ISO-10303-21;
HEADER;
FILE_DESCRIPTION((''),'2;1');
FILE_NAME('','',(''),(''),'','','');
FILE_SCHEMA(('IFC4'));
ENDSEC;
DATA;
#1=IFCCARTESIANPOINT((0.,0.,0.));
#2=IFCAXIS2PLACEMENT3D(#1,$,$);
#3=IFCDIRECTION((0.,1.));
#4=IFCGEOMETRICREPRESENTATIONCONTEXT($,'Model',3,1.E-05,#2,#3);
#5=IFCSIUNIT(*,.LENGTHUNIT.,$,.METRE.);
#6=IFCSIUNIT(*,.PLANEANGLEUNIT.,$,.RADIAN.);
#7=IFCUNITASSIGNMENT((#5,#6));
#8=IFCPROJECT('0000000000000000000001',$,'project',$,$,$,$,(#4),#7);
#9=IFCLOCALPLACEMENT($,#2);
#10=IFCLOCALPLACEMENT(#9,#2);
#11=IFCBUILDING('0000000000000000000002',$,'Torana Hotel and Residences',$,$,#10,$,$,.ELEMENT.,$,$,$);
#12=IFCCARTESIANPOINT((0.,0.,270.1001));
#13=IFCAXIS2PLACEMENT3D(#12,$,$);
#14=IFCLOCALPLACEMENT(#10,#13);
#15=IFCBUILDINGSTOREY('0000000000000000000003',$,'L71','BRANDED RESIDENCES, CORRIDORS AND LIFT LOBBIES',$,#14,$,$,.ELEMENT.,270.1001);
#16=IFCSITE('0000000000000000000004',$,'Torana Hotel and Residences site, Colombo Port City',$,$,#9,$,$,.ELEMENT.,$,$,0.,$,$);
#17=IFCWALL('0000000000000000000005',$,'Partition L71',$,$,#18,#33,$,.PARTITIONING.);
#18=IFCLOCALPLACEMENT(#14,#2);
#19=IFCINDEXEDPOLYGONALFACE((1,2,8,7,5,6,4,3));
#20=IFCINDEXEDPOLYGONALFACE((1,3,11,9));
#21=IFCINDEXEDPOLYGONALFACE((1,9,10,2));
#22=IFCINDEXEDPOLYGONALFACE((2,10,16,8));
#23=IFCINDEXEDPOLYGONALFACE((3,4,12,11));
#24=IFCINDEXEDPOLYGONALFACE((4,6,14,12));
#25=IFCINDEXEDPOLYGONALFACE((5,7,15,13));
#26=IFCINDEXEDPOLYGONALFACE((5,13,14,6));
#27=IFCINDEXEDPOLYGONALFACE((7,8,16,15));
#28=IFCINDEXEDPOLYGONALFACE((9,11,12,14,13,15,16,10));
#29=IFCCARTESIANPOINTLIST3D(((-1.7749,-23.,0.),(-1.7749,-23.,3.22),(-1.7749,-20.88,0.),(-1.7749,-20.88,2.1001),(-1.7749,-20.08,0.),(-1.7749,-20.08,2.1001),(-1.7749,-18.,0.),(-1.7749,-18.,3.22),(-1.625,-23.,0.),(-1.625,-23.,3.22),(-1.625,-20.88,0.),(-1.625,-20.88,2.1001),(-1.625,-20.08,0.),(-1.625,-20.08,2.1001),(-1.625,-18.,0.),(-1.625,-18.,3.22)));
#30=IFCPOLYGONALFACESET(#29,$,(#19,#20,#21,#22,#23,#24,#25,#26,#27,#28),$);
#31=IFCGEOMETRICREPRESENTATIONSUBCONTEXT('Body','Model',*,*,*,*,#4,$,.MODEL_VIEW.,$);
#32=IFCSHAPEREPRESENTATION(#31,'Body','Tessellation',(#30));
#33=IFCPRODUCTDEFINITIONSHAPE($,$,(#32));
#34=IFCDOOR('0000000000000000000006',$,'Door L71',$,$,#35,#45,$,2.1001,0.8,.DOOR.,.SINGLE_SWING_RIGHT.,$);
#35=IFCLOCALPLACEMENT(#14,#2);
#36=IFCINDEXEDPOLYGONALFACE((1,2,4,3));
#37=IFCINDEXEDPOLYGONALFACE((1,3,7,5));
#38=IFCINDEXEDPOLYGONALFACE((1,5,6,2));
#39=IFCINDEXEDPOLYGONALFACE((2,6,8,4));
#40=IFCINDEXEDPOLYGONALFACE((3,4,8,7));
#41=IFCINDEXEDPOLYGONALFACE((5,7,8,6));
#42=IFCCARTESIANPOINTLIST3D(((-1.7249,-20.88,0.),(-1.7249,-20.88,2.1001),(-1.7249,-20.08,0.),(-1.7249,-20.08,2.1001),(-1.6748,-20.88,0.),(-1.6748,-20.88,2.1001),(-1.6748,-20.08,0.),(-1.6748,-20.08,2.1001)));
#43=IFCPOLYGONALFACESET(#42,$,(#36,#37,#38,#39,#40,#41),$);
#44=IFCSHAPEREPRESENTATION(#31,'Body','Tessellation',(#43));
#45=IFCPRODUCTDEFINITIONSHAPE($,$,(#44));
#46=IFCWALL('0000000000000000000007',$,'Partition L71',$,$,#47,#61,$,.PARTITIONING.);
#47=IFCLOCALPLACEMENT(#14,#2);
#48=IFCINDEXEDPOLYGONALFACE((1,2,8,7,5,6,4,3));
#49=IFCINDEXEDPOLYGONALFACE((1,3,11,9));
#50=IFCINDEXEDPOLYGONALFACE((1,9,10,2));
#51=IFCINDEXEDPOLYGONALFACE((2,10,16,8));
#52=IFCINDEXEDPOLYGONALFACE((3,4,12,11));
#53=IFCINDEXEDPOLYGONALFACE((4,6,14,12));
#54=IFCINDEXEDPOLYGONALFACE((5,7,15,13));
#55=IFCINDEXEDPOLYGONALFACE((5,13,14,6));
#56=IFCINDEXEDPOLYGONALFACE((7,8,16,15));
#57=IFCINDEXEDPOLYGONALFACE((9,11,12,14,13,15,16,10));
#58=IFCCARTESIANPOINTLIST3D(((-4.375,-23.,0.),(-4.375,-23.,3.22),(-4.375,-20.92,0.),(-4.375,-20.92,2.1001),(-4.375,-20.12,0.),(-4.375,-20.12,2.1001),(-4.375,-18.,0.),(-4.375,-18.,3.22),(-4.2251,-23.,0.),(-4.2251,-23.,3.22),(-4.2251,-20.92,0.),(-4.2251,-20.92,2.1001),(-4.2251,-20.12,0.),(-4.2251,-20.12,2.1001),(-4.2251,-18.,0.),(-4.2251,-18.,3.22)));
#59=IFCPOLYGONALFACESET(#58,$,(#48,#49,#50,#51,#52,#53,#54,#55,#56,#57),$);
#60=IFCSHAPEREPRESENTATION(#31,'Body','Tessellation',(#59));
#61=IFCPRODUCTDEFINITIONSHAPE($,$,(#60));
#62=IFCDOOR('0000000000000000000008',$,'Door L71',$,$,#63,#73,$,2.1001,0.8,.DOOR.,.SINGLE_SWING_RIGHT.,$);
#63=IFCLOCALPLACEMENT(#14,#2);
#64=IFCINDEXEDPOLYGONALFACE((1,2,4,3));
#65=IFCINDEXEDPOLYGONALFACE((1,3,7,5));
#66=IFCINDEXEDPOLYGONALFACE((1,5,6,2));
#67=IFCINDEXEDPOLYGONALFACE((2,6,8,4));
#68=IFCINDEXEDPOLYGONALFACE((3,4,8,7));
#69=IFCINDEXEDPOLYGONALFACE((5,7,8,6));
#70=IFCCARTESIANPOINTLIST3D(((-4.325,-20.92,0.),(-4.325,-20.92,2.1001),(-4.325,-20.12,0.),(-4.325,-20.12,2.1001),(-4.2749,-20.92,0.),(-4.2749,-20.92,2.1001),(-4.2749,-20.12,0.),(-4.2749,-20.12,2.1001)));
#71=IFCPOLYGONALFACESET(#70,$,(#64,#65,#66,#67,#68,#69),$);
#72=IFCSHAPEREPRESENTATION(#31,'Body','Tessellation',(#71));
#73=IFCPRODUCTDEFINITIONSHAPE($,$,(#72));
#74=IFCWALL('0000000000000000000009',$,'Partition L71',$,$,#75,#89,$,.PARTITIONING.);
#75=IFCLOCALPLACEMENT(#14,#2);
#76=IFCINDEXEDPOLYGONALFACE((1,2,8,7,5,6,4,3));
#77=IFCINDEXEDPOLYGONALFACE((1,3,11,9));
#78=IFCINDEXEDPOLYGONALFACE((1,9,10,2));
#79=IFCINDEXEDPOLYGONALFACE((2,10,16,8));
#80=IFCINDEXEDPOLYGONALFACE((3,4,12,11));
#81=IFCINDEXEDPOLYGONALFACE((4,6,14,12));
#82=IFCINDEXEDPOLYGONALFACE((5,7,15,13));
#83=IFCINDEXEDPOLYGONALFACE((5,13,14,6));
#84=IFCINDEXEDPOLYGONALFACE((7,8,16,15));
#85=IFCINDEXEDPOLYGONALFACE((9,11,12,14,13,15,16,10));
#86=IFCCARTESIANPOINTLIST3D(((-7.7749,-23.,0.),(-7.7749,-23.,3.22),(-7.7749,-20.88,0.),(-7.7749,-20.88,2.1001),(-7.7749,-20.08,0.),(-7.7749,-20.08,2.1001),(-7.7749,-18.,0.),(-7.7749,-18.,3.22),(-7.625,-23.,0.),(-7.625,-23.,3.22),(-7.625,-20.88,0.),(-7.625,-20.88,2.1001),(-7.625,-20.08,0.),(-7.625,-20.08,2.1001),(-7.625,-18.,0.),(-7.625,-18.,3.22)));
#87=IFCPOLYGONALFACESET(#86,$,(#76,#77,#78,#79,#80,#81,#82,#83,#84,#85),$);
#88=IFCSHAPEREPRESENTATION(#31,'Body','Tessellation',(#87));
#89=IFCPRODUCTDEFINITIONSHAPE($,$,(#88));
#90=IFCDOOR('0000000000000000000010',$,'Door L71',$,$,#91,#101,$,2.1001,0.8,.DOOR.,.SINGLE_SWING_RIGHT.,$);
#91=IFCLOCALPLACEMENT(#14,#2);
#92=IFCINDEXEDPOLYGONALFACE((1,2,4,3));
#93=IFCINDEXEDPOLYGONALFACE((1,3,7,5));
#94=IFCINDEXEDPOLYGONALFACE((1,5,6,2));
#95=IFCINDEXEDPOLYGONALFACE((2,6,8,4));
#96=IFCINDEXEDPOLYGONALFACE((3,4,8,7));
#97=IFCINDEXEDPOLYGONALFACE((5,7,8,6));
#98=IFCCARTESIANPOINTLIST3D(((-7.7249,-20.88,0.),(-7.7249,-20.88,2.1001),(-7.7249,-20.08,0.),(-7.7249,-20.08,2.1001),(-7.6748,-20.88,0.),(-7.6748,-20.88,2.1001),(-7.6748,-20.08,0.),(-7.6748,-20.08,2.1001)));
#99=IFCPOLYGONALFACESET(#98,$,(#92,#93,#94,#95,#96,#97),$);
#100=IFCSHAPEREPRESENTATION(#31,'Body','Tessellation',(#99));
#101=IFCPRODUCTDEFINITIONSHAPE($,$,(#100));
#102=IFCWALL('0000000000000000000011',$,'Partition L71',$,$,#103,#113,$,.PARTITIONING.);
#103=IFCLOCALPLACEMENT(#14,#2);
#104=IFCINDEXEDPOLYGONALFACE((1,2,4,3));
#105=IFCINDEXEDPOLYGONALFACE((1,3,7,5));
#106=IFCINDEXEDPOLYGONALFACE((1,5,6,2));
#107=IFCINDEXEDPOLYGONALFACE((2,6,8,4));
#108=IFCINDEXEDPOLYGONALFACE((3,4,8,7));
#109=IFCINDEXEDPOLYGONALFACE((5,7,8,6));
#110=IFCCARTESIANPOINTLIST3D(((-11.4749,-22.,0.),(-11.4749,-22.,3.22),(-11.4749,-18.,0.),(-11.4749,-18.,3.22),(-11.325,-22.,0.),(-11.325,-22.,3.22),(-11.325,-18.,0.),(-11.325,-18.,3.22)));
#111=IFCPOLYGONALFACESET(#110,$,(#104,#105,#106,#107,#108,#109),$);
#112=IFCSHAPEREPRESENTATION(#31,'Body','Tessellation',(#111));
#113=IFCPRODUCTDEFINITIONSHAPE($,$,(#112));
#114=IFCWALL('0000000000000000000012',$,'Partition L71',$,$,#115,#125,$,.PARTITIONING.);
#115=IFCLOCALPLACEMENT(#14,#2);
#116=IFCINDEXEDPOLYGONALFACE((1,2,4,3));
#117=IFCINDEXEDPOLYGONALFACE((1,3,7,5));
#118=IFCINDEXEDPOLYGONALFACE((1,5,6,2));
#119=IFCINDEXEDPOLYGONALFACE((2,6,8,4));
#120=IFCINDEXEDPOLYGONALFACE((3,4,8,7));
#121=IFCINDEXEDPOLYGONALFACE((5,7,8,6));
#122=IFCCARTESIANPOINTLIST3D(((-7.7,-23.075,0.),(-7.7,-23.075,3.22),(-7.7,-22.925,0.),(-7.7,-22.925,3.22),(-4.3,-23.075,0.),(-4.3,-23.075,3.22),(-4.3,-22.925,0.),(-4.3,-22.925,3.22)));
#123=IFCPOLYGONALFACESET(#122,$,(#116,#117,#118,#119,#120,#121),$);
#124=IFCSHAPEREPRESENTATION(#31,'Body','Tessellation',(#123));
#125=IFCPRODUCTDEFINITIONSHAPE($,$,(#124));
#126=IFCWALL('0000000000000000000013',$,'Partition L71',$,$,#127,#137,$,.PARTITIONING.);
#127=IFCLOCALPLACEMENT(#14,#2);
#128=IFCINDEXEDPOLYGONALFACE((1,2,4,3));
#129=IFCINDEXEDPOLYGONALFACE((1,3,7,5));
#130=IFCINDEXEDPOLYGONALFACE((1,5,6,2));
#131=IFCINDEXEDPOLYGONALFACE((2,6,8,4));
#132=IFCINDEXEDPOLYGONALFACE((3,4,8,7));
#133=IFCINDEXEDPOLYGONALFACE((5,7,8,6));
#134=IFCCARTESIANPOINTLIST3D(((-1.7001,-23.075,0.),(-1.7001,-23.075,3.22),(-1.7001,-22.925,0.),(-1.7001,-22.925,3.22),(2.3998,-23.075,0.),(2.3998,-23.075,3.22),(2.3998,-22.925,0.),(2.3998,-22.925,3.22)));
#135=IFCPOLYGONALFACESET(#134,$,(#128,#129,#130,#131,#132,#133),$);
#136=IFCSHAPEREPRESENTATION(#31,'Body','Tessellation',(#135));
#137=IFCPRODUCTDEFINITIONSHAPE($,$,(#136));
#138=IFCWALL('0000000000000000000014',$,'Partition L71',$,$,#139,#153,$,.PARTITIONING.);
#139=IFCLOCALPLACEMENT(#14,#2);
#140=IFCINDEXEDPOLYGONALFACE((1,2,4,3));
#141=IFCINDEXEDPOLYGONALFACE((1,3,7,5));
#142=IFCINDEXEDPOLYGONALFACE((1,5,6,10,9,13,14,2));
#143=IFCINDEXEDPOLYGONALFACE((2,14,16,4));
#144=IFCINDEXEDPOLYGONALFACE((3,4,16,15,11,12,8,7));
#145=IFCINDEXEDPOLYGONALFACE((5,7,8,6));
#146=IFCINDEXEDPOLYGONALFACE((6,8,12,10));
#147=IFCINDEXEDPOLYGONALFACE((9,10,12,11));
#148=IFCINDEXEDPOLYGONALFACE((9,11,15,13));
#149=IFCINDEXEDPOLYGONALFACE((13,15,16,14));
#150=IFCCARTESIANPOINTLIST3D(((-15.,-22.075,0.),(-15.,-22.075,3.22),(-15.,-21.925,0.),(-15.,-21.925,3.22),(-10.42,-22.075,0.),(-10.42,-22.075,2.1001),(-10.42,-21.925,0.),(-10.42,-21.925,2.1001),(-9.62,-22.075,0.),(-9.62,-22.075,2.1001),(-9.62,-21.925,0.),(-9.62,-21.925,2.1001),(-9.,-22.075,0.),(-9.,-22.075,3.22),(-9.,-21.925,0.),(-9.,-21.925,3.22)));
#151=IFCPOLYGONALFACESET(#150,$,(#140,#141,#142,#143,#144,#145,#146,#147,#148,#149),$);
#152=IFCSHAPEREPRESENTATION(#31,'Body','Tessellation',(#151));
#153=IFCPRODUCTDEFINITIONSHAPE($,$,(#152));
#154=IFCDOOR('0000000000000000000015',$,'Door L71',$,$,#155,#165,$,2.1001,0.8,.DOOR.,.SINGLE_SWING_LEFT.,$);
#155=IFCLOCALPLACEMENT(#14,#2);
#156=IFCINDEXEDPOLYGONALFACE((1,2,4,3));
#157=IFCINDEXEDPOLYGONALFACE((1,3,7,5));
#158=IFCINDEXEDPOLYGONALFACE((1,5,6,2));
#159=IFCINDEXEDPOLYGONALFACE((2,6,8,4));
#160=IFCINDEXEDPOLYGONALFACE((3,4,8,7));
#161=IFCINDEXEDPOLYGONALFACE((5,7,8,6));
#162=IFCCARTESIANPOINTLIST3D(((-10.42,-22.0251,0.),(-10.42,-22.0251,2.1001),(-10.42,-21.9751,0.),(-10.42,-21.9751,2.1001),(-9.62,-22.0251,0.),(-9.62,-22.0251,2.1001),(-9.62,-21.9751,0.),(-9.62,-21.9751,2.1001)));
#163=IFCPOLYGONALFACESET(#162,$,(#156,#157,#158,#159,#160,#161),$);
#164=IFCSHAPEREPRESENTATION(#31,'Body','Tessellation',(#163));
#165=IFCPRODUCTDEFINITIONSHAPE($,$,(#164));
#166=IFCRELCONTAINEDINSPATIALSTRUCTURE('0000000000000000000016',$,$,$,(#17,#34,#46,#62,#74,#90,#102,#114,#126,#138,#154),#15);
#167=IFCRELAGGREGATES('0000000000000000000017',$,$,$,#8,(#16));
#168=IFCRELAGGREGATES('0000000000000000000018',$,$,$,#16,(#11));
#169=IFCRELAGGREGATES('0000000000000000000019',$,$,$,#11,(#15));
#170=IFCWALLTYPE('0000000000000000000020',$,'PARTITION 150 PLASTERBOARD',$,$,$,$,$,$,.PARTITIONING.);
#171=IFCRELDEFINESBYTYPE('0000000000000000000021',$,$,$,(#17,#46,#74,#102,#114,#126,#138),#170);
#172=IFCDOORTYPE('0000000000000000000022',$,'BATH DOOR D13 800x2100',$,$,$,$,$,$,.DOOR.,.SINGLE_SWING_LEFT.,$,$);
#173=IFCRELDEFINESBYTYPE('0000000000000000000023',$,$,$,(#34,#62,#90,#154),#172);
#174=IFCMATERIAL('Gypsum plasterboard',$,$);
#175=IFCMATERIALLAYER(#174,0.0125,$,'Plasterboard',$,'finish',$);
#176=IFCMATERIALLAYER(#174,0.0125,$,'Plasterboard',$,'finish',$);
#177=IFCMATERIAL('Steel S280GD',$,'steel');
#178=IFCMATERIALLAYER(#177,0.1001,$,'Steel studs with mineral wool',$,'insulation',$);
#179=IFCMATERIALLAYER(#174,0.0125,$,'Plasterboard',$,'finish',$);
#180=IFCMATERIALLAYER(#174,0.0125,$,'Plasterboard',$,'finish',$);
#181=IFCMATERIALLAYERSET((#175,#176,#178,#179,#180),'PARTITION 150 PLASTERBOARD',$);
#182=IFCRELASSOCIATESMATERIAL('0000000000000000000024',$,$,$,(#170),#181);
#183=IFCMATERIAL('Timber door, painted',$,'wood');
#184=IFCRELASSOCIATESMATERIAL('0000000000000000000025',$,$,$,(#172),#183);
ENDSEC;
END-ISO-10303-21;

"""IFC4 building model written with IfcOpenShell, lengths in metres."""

from ifc_helpers import new_model, si_unit, direction, frame, frame_2d, origin, place, context, subcontext, project, spatial, rectangle, extrude, material, layer, layer_set, type_object, element, fill, save


model = new_model("IFC4")

# Units and contexts
model_context = context("Model", 3, precision=1e-05, world=origin(), true_north=direction((0.0, 1.0)))
body_context = subcontext(model_context, "Body", "Model", "MODEL_VIEW")
ifc_project = project(units=[si_unit("LENGTHUNIT", "METRE"), si_unit("PLANEANGLEUNIT", "RADIAN")], contexts=[model_context])

# Site, building, storey
site_placement = place(None, origin())
site = spatial("IfcSite", under=ifc_project, at=site_placement, Name="Torana Hotel and Residences site, Colombo Port City", CompositionType="ELEMENT", RefElevation=0.0)
building_placement = place(site_placement, origin())
building = spatial("IfcBuilding", under=site, at=building_placement, Name="Torana Hotel and Residences", CompositionType="ELEMENT")
storey_placement = place(building_placement, frame((0.0, 0.0, 270.1001)))
storey = spatial("IfcBuildingStorey", under=building, at=storey_placement, Name="L71", Description="BRANDED RESIDENCES, CORRIDORS AND LIFT LOBBIES", CompositionType="ELEMENT", Elevation=270.1001)

# Walls, openings, doors
ifc_material_1 = material(Name="Gypsum plasterboard")
ifc_layer_1 = layer(ifc_material_1, 0.0125, Name="Plasterboard", Category="finish")
ifc_layer_2 = layer(ifc_material_1, 0.0125, Name="Plasterboard", Category="finish")
ifc_material_2 = material(Name="Steel S280GD", Category="steel")
ifc_layer_3 = layer(ifc_material_2, 0.1001, Name="Steel studs with mineral wool", Category="insulation")
ifc_layer_4 = layer(ifc_material_1, 0.0125, Name="Plasterboard", Category="finish")
ifc_layer_5 = layer(ifc_material_1, 0.0125, Name="Plasterboard", Category="finish")
ifc_layer_set_1 = layer_set([ifc_layer_1, ifc_layer_2, ifc_layer_3, ifc_layer_4, ifc_layer_5], Name="PARTITION 150 PLASTERBOARD")
wall_type_1 = type_object("IfcWallType", Name="PARTITION 150 PLASTERBOARD", PredefinedType="PARTITIONING", material=ifc_layer_set_1)
wall_1_placement = place(storey_placement, frame((-1.7, -23.0, 0.0), z_axis=(0.0, 0.0, 1.0), x_axis=(0.0, 1.0, 0.0)))
wall_1 = element("IfcWall", 1, at=wall_1_placement, inside=storey, type_object=wall_type_1, Name="Partition L71", PredefinedType="PARTITIONING", context=body_context, shape_type="SweptSolid", body=[
    extrude(rectangle(XDim=5.0, YDim=0.1499, at=frame_2d((2.5, 0.0))), origin(), (0.0, 0.0, 1.0), 3.22),
])
opening_1_placement = place(wall_1_placement, frame((2.1201, 0.0, 0.0)))
opening_1 = element("IfcOpeningElement", 2, at=opening_1_placement, cuts=wall_1, PredefinedType="OPENING", context=body_context, shape_type="SweptSolid", body=[
    extrude(rectangle(XDim=0.8, YDim=2.1001, at=frame_2d((0.3999, 1.05))), frame((0.0, 0.085, 0.0), z_axis=(0.0, -1.0, 0.0), x_axis=(1.0, 0.0, 0.0)), (0.0, 0.0, 1.0), 0.1699),
])
ifc_material_3 = material(Name="Timber door, painted", Category="wood")
door_type_1 = type_object("IfcDoorType", Name="BATH DOOR D13 800x2100", OperationType="SINGLE_SWING_LEFT", PredefinedType="DOOR", material=ifc_material_3)
door_1_placement = place(opening_1_placement, origin())
door_1 = element("IfcDoor", 3, at=door_1_placement, inside=storey, type_object=door_type_1, Name="Door L71", OperationType="SINGLE_SWING_RIGHT", OverallHeight=2.1001, OverallWidth=0.8, PredefinedType="DOOR", context=body_context, shape_type="SweptSolid", body=[
    extrude(rectangle(XDim=0.8, YDim=2.1001, at=frame_2d((0.3999, 1.05))), frame((0.0, 0.0249, 0.0), z_axis=(0.0, -1.0, 0.0), x_axis=(1.0, 0.0, 0.0)), (0.0, 0.0, 1.0), 0.05),
])
fill(opening_1, door_1)
wall_2_placement = place(storey_placement, frame((-4.3, -23.0, 0.0), z_axis=(0.0, 0.0, 1.0), x_axis=(0.0, 1.0, 0.0)))
wall_2 = element("IfcWall", 4, at=wall_2_placement, inside=storey, type_object=wall_type_1, Name="Partition L71", PredefinedType="PARTITIONING", context=body_context, shape_type="SweptSolid", body=[
    extrude(rectangle(XDim=5.0, YDim=0.1499, at=frame_2d((2.5, 0.0))), origin(), (0.0, 0.0, 1.0), 3.22),
])
opening_2_placement = place(wall_2_placement, frame((2.0801, 0.0, 0.0)))
opening_2 = element("IfcOpeningElement", 5, at=opening_2_placement, cuts=wall_2, PredefinedType="OPENING", context=body_context, shape_type="SweptSolid", body=[
    extrude(rectangle(XDim=0.8, YDim=2.1001, at=frame_2d((0.3999, 1.05))), frame((0.0, 0.085, 0.0), z_axis=(0.0, -1.0, 0.0), x_axis=(1.0, 0.0, 0.0)), (0.0, 0.0, 1.0), 0.1699),
])
door_2_placement = place(opening_2_placement, origin())
door_2 = element("IfcDoor", 6, at=door_2_placement, inside=storey, type_object=door_type_1, Name="Door L71", OperationType="SINGLE_SWING_RIGHT", OverallHeight=2.1001, OverallWidth=0.8, PredefinedType="DOOR", context=body_context, shape_type="SweptSolid", body=[
    extrude(rectangle(XDim=0.8, YDim=2.1001, at=frame_2d((0.3999, 1.05))), frame((0.0, 0.0249, 0.0), z_axis=(0.0, -1.0, 0.0), x_axis=(1.0, 0.0, 0.0)), (0.0, 0.0, 1.0), 0.05),
])
fill(opening_2, door_2)
wall_3_placement = place(storey_placement, frame((-7.7, -23.0, 0.0), z_axis=(0.0, 0.0, 1.0), x_axis=(0.0, 1.0, 0.0)))
wall_3 = element("IfcWall", 7, at=wall_3_placement, inside=storey, type_object=wall_type_1, Name="Partition L71", PredefinedType="PARTITIONING", context=body_context, shape_type="SweptSolid", body=[
    extrude(rectangle(XDim=5.0, YDim=0.1499, at=frame_2d((2.5, 0.0))), origin(), (0.0, 0.0, 1.0), 3.22),
])
opening_3_placement = place(wall_3_placement, frame((2.1201, 0.0, 0.0)))
opening_3 = element("IfcOpeningElement", 8, at=opening_3_placement, cuts=wall_3, PredefinedType="OPENING", context=body_context, shape_type="SweptSolid", body=[
    extrude(rectangle(XDim=0.8, YDim=2.1001, at=frame_2d((0.3999, 1.05))), frame((0.0, 0.085, 0.0), z_axis=(0.0, -1.0, 0.0), x_axis=(1.0, 0.0, 0.0)), (0.0, 0.0, 1.0), 0.1699),
])
door_3_placement = place(opening_3_placement, origin())
door_3 = element("IfcDoor", 9, at=door_3_placement, inside=storey, type_object=door_type_1, Name="Door L71", OperationType="SINGLE_SWING_RIGHT", OverallHeight=2.1001, OverallWidth=0.8, PredefinedType="DOOR", context=body_context, shape_type="SweptSolid", body=[
    extrude(rectangle(XDim=0.8, YDim=2.1001, at=frame_2d((0.3999, 1.05))), frame((0.0, 0.0249, 0.0), z_axis=(0.0, -1.0, 0.0), x_axis=(1.0, 0.0, 0.0)), (0.0, 0.0, 1.0), 0.05),
])
fill(opening_3, door_3)

# Walls
wall_4_placement = place(storey_placement, frame((-11.3999, -22.0, 0.0), z_axis=(0.0, 0.0, 1.0), x_axis=(0.0, 1.0, 0.0)))
element("IfcWall", 10, at=wall_4_placement, inside=storey, type_object=wall_type_1, Name="Partition L71", PredefinedType="PARTITIONING", context=body_context, shape_type="SweptSolid", body=[
    extrude(rectangle(XDim=4.0, YDim=0.1499, at=frame_2d((2.0, 0.0))), origin(), (0.0, 0.0, 1.0), 3.22),
])
wall_5_placement = place(storey_placement, frame((-7.7, -23.0, 0.0), z_axis=(0.0, 0.0, 1.0), x_axis=(1.0, 0.0, 0.0)))
element("IfcWall", 11, at=wall_5_placement, inside=storey, type_object=wall_type_1, Name="Partition L71", PredefinedType="PARTITIONING", context=body_context, shape_type="SweptSolid", body=[
    extrude(rectangle(XDim=3.3999, YDim=0.1499, at=frame_2d((1.7, 0.0))), origin(), (0.0, 0.0, 1.0), 3.22),
])
wall_6_placement = place(storey_placement, frame((-1.7, -23.0, 0.0), z_axis=(0.0, 0.0, 1.0), x_axis=(1.0, 0.0, 0.0)))
element("IfcWall", 12, at=wall_6_placement, inside=storey, type_object=wall_type_1, Name="Partition L71", PredefinedType="PARTITIONING", context=body_context, shape_type="SweptSolid", body=[
    extrude(rectangle(XDim=4.0999, YDim=0.1499, at=frame_2d((2.0498, 0.0))), origin(), (0.0, 0.0, 1.0), 3.22),
])

# Wall, opening, door
wall_7_placement = place(storey_placement, frame((-15.0, -22.0, 0.0), z_axis=(0.0, 0.0, 1.0), x_axis=(1.0, 0.0, 0.0)))
wall_7 = element("IfcWall", 13, at=wall_7_placement, inside=storey, type_object=wall_type_1, Name="Partition L71", PredefinedType="PARTITIONING", context=body_context, shape_type="SweptSolid", body=[
    extrude(rectangle(XDim=6.0, YDim=0.1499, at=frame_2d((3.0, 0.0))), origin(), (0.0, 0.0, 1.0), 3.22),
])
opening_4_placement = place(wall_7_placement, frame((4.5801, 0.0, 0.0)))
opening_4 = element("IfcOpeningElement", 14, at=opening_4_placement, cuts=wall_7, PredefinedType="OPENING", context=body_context, shape_type="SweptSolid", body=[
    extrude(rectangle(XDim=0.8, YDim=2.1001, at=frame_2d((0.3999, 1.05))), frame((0.0, 0.085, 0.0), z_axis=(0.0, -1.0, 0.0), x_axis=(1.0, 0.0, 0.0)), (0.0, 0.0, 1.0), 0.1699),
])
door_4_placement = place(opening_4_placement, origin())
door_4 = element("IfcDoor", 15, at=door_4_placement, inside=storey, type_object=door_type_1, Name="Door L71", OperationType="SINGLE_SWING_LEFT", OverallHeight=2.1001, OverallWidth=0.8, PredefinedType="DOOR", context=body_context, shape_type="SweptSolid", body=[
    extrude(rectangle(XDim=0.8, YDim=2.1001, at=frame_2d((0.3999, 1.05))), frame((0.0, 0.0249, 0.0), z_axis=(0.0, -1.0, 0.0), x_axis=(1.0, 0.0, 0.0)), (0.0, 0.0, 1.0), 0.05),
])
fill(opening_4, door_4)

save(model, "model.ifc")
